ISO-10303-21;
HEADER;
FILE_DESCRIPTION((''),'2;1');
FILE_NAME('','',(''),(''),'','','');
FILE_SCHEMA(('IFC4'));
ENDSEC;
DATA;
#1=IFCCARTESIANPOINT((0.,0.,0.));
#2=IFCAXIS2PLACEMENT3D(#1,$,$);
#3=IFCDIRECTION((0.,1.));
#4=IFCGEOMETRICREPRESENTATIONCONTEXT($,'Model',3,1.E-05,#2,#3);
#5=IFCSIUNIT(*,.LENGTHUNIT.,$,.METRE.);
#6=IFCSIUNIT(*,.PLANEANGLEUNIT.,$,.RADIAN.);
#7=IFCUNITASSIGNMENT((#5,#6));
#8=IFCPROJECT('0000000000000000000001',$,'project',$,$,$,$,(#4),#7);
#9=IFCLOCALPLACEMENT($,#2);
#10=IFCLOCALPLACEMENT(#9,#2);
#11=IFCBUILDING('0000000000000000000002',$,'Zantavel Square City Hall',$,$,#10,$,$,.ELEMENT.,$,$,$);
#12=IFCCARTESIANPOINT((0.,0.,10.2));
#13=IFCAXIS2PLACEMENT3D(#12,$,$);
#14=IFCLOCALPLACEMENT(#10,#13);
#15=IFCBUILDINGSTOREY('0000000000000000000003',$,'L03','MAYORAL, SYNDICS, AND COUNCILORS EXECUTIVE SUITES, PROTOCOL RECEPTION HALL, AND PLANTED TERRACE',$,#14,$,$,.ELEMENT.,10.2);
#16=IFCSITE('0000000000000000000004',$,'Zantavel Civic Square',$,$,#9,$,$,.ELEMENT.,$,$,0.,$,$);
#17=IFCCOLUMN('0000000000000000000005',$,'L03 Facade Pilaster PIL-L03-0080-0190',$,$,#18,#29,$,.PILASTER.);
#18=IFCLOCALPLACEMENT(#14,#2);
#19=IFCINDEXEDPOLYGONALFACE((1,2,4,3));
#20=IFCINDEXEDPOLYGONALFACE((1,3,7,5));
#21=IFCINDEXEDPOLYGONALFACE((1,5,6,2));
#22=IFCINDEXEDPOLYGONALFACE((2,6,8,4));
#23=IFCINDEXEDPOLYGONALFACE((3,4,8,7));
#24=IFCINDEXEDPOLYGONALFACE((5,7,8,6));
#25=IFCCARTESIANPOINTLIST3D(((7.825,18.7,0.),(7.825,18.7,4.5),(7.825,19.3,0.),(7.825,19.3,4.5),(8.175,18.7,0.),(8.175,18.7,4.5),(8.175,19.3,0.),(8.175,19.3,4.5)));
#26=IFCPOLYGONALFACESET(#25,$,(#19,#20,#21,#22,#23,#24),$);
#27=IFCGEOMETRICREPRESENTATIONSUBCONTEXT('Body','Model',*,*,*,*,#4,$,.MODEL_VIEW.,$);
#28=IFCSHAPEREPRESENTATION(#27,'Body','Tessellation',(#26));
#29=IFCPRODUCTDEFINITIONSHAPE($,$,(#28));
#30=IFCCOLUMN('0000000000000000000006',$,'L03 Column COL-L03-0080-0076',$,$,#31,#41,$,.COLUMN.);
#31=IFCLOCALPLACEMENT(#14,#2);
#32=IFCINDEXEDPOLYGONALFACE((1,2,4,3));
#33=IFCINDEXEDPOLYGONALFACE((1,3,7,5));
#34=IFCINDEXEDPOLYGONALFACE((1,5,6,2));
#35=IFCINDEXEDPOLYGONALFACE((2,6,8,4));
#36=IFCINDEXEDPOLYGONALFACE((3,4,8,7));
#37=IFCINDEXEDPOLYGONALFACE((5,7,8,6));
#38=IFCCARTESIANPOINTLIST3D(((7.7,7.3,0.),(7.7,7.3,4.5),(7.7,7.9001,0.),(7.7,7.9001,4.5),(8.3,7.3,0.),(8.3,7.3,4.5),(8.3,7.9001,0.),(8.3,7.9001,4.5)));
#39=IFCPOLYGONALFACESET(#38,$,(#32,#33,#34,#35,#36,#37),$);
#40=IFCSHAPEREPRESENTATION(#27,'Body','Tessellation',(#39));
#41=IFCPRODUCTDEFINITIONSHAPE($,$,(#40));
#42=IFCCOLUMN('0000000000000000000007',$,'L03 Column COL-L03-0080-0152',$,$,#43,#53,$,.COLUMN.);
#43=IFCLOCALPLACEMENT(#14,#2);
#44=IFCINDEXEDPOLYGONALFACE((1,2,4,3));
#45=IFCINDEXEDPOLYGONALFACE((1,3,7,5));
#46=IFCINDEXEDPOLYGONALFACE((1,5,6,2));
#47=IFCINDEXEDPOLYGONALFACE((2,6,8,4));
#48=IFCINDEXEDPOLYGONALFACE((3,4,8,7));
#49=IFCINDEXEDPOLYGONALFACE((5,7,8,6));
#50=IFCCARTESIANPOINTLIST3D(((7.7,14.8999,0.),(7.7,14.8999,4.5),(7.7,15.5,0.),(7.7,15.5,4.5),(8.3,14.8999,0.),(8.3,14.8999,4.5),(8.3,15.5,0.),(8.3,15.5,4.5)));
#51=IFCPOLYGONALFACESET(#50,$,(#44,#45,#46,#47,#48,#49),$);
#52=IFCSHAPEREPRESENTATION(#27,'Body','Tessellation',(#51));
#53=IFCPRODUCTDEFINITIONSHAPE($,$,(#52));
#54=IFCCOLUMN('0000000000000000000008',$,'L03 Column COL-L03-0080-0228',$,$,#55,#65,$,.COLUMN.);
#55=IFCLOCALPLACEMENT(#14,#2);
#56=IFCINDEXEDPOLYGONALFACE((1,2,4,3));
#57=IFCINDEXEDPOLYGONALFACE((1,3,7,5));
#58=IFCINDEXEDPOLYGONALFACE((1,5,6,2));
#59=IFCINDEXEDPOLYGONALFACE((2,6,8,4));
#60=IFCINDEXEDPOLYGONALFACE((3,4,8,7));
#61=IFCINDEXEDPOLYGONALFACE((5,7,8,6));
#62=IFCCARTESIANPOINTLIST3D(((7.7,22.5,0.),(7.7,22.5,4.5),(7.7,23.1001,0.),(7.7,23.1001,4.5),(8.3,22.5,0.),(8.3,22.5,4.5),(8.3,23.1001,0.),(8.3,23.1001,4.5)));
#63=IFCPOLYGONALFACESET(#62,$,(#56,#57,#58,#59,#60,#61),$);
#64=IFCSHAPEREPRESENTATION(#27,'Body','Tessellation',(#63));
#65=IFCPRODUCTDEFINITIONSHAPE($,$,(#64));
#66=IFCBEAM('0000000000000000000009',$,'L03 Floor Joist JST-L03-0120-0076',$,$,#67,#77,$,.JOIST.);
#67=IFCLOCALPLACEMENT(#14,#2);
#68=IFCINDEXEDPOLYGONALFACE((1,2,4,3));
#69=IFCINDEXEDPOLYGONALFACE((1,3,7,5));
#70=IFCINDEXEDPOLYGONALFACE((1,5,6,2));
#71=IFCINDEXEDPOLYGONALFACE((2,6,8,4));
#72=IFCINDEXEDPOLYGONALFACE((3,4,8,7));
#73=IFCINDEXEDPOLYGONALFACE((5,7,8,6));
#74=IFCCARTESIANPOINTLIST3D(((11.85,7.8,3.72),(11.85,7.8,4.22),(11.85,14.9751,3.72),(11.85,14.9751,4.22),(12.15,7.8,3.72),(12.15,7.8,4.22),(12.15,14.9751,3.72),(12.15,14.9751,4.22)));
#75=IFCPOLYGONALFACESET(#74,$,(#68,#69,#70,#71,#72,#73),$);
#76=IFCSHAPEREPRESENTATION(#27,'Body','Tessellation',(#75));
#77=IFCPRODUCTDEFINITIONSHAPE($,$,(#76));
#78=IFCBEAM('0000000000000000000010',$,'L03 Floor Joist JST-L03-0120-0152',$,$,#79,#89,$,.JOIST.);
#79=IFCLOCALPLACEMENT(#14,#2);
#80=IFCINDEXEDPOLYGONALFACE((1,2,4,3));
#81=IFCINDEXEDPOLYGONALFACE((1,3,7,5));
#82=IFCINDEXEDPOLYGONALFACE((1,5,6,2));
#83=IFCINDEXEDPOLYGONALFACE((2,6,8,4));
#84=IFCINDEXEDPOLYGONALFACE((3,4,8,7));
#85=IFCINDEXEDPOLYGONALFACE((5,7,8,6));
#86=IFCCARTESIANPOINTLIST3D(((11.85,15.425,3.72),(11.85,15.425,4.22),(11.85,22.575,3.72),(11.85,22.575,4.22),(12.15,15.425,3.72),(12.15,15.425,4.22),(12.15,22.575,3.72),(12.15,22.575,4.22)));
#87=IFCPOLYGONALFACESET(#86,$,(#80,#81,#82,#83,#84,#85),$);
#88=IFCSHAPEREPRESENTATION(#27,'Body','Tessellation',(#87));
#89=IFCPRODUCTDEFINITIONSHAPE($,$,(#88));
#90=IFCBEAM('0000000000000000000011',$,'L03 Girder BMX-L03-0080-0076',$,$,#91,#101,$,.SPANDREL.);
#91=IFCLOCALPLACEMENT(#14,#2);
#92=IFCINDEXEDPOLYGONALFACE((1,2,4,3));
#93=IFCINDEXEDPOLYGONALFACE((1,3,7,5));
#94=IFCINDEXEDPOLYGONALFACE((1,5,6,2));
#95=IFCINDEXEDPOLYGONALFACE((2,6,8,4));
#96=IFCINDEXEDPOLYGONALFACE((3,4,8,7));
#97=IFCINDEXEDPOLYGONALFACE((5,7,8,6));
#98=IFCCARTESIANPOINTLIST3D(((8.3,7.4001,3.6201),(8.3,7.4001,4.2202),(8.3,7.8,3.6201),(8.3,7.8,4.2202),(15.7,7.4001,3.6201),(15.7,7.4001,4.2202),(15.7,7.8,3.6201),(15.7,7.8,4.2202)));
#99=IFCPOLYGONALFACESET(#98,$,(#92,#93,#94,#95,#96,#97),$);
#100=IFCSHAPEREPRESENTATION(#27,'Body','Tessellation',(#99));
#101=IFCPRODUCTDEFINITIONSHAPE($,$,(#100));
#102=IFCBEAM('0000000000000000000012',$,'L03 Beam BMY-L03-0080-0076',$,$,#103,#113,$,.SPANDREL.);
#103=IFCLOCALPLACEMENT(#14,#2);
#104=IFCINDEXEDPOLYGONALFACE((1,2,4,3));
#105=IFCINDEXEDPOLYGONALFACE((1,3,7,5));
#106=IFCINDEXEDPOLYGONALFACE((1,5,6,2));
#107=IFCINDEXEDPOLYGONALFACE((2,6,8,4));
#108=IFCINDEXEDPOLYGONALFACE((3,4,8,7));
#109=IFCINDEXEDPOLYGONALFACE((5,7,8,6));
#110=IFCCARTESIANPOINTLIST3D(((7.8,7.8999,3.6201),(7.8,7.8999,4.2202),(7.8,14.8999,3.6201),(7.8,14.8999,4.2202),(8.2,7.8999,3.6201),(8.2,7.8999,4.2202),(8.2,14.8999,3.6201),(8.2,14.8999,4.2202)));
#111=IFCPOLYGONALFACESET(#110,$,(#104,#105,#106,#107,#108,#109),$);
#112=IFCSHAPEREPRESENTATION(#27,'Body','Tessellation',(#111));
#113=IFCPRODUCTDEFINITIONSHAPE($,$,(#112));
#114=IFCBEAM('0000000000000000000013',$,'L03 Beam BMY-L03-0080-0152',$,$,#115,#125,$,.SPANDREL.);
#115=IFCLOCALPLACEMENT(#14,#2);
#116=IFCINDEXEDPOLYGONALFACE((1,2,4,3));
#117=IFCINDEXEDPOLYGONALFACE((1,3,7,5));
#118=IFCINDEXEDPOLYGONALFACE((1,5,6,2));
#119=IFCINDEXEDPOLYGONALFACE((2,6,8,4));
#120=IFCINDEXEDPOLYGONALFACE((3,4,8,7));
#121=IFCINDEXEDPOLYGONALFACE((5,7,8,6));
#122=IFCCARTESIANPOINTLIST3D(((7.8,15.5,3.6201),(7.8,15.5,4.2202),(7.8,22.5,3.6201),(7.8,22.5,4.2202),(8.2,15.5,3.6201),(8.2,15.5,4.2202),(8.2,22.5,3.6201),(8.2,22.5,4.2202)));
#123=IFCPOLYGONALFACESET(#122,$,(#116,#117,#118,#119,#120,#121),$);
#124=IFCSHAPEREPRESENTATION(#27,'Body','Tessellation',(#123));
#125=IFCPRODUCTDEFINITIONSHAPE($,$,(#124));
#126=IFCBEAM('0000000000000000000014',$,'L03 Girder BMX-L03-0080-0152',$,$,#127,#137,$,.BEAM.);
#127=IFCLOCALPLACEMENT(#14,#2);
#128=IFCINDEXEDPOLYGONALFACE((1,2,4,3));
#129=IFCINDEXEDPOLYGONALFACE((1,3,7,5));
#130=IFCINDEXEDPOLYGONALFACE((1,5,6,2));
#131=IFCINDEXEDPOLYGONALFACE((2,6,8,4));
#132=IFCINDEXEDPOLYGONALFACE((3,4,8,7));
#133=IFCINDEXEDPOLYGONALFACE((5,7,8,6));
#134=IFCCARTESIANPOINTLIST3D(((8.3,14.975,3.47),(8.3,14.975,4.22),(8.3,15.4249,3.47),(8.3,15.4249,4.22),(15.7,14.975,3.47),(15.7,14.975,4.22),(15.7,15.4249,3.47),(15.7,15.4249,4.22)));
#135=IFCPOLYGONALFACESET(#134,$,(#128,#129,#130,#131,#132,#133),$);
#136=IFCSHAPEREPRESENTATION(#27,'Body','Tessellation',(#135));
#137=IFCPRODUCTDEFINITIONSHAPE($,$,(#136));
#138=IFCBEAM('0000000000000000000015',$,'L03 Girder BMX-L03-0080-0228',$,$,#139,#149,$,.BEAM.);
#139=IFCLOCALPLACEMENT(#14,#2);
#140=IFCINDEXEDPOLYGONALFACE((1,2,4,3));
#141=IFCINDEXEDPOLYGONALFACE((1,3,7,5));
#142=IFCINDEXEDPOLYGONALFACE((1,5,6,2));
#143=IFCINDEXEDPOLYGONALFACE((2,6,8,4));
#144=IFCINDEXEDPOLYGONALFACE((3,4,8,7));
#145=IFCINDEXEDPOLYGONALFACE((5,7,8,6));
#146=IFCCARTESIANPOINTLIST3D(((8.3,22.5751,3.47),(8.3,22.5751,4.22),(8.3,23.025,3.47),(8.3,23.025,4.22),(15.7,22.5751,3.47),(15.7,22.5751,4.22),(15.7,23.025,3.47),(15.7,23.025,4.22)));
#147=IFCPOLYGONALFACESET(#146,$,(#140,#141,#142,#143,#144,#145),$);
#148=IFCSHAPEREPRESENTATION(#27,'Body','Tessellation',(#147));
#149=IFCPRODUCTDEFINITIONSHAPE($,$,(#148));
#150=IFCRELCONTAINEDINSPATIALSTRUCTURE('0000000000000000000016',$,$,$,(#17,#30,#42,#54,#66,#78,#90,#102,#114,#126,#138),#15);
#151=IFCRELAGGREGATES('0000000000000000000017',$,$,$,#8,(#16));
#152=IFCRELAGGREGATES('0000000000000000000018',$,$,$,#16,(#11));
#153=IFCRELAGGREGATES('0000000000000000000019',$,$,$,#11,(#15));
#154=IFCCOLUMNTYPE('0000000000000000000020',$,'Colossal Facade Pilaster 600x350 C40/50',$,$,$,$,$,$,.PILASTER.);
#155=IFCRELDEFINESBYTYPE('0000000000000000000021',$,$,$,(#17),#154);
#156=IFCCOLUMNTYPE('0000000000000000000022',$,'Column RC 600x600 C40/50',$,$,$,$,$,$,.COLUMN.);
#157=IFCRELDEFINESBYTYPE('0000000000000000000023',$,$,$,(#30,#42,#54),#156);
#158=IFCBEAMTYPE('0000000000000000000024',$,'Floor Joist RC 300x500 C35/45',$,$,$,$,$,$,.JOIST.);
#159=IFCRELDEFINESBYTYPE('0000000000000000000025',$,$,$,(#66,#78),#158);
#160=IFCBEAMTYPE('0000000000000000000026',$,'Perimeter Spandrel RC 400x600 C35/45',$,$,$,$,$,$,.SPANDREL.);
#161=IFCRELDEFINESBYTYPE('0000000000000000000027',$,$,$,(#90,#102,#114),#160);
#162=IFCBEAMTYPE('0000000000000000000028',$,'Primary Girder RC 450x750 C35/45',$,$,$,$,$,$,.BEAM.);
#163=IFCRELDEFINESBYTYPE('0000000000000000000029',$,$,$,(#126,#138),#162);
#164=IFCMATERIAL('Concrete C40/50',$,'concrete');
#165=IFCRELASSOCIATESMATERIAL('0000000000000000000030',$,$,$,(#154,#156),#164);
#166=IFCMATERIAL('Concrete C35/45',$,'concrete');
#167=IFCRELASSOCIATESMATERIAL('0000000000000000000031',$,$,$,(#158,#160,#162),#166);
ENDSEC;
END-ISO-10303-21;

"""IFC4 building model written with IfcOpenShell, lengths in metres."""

from ifc_helpers import new_model, si_unit, direction, frame, origin, origin_2d, place, context, subcontext, project, spatial, rectangle, extrude, material, material_profile, profile_set, type_object, element, save


model = new_model("IFC4")

# Units and contexts
model_context = context("Model", 3, precision=1e-05, world=origin(), true_north=direction((0.0, 1.0)))
body_context = subcontext(model_context, "Body", "Model", "MODEL_VIEW")
ifc_project = project(units=[si_unit("LENGTHUNIT", "METRE"), si_unit("PLANEANGLEUNIT", "RADIAN")], contexts=[model_context])

# Site, building, storey
site_placement = place(None, origin())
site = spatial("IfcSite", under=ifc_project, at=site_placement, Name="Zantavel Civic Square", CompositionType="ELEMENT", RefElevation=0.0)
building_placement = place(site_placement, origin())
building = spatial("IfcBuilding", under=site, at=building_placement, Name="Zantavel Square City Hall", CompositionType="ELEMENT")
storey_placement = place(building_placement, frame((0.0, 0.0, 10.2)))
storey = spatial("IfcBuildingStorey", under=building, at=storey_placement, Name="L03", Description="MAYORAL, SYNDICS, AND COUNCILORS EXECUTIVE SUITES, PROTOCOL RECEPTION HALL, AND PLANTED TERRACE", CompositionType="ELEMENT", Elevation=10.2)

# Columns
ifc_material_1 = material(Name="Concrete C40/50", Category="concrete")
ifc_material_profile_1 = material_profile(ifc_material_1, rectangle(XDim=0.6001, YDim=0.3501, at=origin_2d()), Name="RC 600x350")
ifc_profile_set_1 = profile_set([ifc_material_profile_1], Name="Concrete C40/50")
column_type_1 = type_object("IfcColumnType", Name="Colossal Facade Pilaster 600x350 C40/50", PredefinedType="PILASTER", material=ifc_profile_set_1)
column_placement = place(storey_placement, frame((8.0, 19.0, 0.0), z_axis=(0.0, 0.0, 1.0), x_axis=(0.0, 1.0, 0.0)))
element("IfcColumn", 1, at=column_placement, inside=storey, type_object=column_type_1, Name="L03 Facade Pilaster PIL-L03-0080-0190", PredefinedType="PILASTER", context=body_context, shape_type="SweptSolid", body=[
    extrude(rectangle(XDim=0.6001, YDim=0.3501, at=origin_2d()), origin(), (0.0, 0.0, 1.0), 4.5),
])
ifc_material_profile_2 = material_profile(ifc_material_1, rectangle(XDim=0.6001, YDim=0.6001, at=origin_2d()), Name="RC 600x600")
ifc_profile_set_2 = profile_set([ifc_material_profile_2], Name="Concrete C40/50")
column_type_2 = type_object("IfcColumnType", Name="Column RC 600x600 C40/50", PredefinedType="COLUMN", material=ifc_profile_set_2)
for number, where, z_axis, x_axis, name in (
    (2, (8.0, 7.6001, 0.0), (0.0, 0.0, 1.0), (1.0, 0.0, 0.0), "L03 Column COL-L03-0080-0076"),
    (3, (8.0, 15.2, 0.0), (0.0, 0.0, 1.0), (1.0, 0.0, 0.0), "L03 Column COL-L03-0080-0152"),
    (4, (8.0, 22.8, 0.0), (0.0, 0.0, 1.0), (1.0, 0.0, 0.0), "L03 Column COL-L03-0080-0228"),
):
    element("IfcColumn", number, at=place(storey_placement, frame(where, z_axis=z_axis, x_axis=x_axis)), inside=storey, type_object=column_type_2, Name=name, PredefinedType="COLUMN", context=body_context, shape_type="SweptSolid", body=[
        extrude(rectangle(XDim=0.6001, YDim=0.6001, at=origin_2d()), origin(), (0.0, 0.0, 1.0), 4.5),
    ])

# Beams
ifc_material_2 = material(Name="Concrete C35/45", Category="concrete")
ifc_material_profile_3 = material_profile(ifc_material_2, rectangle(XDim=0.3, YDim=0.5, at=origin_2d()), Name="RC 300x500")
ifc_profile_set_3 = profile_set([ifc_material_profile_3], Name="Concrete C35/45")
beam_type_1 = type_object("IfcBeamType", Name="Floor Joist RC 300x500 C35/45", PredefinedType="JOIST", material=ifc_profile_set_3)
beam_1_placement = place(storey_placement, frame((12.0, 7.8, 3.97), z_axis=(0.0, 1.0, 0.0), x_axis=(-1.0, 0.0, 0.0)))
element("IfcBeam", 5, at=beam_1_placement, inside=storey, type_object=beam_type_1, Name="L03 Floor Joist JST-L03-0120-0076", PredefinedType="JOIST", context=body_context, shape_type="SweptSolid", body=[
    extrude(rectangle(XDim=0.3, YDim=0.5, at=origin_2d()), origin(), (0.0, 0.0, 1.0), 7.175),
])
beam_2_placement = place(storey_placement, frame((12.0, 15.425, 3.97), z_axis=(0.0, 1.0, 0.0), x_axis=(-1.0, 0.0, 0.0)))
element("IfcBeam", 6, at=beam_2_placement, inside=storey, type_object=beam_type_1, Name="L03 Floor Joist JST-L03-0120-0152", PredefinedType="JOIST", context=body_context, shape_type="SweptSolid", body=[
    extrude(rectangle(XDim=0.3, YDim=0.5, at=origin_2d()), origin(), (0.0, 0.0, 1.0), 7.1499),
])
ifc_material_profile_4 = material_profile(ifc_material_2, rectangle(XDim=0.3999, YDim=0.6001, at=origin_2d()), Name="RC 400x600")
ifc_profile_set_4 = profile_set([ifc_material_profile_4], Name="Concrete C35/45")
beam_type_2 = type_object("IfcBeamType", Name="Perimeter Spandrel RC 400x600 C35/45", PredefinedType="SPANDREL", material=ifc_profile_set_4)
beam_3_placement = place(storey_placement, frame((8.3, 7.6001, 3.9202), z_axis=(1.0, 0.0, 0.0), x_axis=(0.0, 1.0, 0.0)))
element("IfcBeam", 7, at=beam_3_placement, inside=storey, type_object=beam_type_2, Name="L03 Girder BMX-L03-0080-0076", PredefinedType="SPANDREL", context=body_context, shape_type="SweptSolid", body=[
    extrude(rectangle(XDim=0.3999, YDim=0.6001, at=origin_2d()), origin(), (0.0, 0.0, 1.0), 7.3999),
])
for number, where, z_axis, x_axis, name in (
    (8, (8.0, 7.8999, 3.9202), (0.0, 1.0, 0.0), (-1.0, 0.0, 0.0), "L03 Beam BMY-L03-0080-0076"),
    (9, (8.0, 15.5, 3.9202), (0.0, 1.0, 0.0), (-1.0, 0.0, 0.0), "L03 Beam BMY-L03-0080-0152"),
):
    element("IfcBeam", number, at=place(storey_placement, frame(where, z_axis=z_axis, x_axis=x_axis)), inside=storey, type_object=beam_type_2, Name=name, PredefinedType="SPANDREL", context=body_context, shape_type="SweptSolid", body=[
        extrude(rectangle(XDim=0.3999, YDim=0.6001, at=origin_2d()), origin(), (0.0, 0.0, 1.0), 7.0),
    ])
ifc_material_profile_5 = material_profile(ifc_material_2, rectangle(XDim=0.45, YDim=0.75, at=origin_2d()), Name="RC 450x750")
ifc_profile_set_5 = profile_set([ifc_material_profile_5], Name="Concrete C35/45")
beam_type_3 = type_object("IfcBeamType", Name="Primary Girder RC 450x750 C35/45", PredefinedType="BEAM", material=ifc_profile_set_5)
for number, where, z_axis, x_axis, name in (
    (10, (8.3, 15.2, 3.845), (1.0, 0.0, 0.0), (0.0, 1.0, 0.0), "L03 Girder BMX-L03-0080-0152"),
    (11, (8.3, 22.8, 3.845), (1.0, 0.0, 0.0), (0.0, 1.0, 0.0), "L03 Girder BMX-L03-0080-0228"),
):
    element("IfcBeam", number, at=place(storey_placement, frame(where, z_axis=z_axis, x_axis=x_axis)), inside=storey, type_object=beam_type_3, Name=name, PredefinedType="BEAM", context=body_context, shape_type="SweptSolid", body=[
        extrude(rectangle(XDim=0.45, YDim=0.75, at=origin_2d()), origin(), (0.0, 0.0, 1.0), 7.3999),
    ])

save(model, "model.ifc")
